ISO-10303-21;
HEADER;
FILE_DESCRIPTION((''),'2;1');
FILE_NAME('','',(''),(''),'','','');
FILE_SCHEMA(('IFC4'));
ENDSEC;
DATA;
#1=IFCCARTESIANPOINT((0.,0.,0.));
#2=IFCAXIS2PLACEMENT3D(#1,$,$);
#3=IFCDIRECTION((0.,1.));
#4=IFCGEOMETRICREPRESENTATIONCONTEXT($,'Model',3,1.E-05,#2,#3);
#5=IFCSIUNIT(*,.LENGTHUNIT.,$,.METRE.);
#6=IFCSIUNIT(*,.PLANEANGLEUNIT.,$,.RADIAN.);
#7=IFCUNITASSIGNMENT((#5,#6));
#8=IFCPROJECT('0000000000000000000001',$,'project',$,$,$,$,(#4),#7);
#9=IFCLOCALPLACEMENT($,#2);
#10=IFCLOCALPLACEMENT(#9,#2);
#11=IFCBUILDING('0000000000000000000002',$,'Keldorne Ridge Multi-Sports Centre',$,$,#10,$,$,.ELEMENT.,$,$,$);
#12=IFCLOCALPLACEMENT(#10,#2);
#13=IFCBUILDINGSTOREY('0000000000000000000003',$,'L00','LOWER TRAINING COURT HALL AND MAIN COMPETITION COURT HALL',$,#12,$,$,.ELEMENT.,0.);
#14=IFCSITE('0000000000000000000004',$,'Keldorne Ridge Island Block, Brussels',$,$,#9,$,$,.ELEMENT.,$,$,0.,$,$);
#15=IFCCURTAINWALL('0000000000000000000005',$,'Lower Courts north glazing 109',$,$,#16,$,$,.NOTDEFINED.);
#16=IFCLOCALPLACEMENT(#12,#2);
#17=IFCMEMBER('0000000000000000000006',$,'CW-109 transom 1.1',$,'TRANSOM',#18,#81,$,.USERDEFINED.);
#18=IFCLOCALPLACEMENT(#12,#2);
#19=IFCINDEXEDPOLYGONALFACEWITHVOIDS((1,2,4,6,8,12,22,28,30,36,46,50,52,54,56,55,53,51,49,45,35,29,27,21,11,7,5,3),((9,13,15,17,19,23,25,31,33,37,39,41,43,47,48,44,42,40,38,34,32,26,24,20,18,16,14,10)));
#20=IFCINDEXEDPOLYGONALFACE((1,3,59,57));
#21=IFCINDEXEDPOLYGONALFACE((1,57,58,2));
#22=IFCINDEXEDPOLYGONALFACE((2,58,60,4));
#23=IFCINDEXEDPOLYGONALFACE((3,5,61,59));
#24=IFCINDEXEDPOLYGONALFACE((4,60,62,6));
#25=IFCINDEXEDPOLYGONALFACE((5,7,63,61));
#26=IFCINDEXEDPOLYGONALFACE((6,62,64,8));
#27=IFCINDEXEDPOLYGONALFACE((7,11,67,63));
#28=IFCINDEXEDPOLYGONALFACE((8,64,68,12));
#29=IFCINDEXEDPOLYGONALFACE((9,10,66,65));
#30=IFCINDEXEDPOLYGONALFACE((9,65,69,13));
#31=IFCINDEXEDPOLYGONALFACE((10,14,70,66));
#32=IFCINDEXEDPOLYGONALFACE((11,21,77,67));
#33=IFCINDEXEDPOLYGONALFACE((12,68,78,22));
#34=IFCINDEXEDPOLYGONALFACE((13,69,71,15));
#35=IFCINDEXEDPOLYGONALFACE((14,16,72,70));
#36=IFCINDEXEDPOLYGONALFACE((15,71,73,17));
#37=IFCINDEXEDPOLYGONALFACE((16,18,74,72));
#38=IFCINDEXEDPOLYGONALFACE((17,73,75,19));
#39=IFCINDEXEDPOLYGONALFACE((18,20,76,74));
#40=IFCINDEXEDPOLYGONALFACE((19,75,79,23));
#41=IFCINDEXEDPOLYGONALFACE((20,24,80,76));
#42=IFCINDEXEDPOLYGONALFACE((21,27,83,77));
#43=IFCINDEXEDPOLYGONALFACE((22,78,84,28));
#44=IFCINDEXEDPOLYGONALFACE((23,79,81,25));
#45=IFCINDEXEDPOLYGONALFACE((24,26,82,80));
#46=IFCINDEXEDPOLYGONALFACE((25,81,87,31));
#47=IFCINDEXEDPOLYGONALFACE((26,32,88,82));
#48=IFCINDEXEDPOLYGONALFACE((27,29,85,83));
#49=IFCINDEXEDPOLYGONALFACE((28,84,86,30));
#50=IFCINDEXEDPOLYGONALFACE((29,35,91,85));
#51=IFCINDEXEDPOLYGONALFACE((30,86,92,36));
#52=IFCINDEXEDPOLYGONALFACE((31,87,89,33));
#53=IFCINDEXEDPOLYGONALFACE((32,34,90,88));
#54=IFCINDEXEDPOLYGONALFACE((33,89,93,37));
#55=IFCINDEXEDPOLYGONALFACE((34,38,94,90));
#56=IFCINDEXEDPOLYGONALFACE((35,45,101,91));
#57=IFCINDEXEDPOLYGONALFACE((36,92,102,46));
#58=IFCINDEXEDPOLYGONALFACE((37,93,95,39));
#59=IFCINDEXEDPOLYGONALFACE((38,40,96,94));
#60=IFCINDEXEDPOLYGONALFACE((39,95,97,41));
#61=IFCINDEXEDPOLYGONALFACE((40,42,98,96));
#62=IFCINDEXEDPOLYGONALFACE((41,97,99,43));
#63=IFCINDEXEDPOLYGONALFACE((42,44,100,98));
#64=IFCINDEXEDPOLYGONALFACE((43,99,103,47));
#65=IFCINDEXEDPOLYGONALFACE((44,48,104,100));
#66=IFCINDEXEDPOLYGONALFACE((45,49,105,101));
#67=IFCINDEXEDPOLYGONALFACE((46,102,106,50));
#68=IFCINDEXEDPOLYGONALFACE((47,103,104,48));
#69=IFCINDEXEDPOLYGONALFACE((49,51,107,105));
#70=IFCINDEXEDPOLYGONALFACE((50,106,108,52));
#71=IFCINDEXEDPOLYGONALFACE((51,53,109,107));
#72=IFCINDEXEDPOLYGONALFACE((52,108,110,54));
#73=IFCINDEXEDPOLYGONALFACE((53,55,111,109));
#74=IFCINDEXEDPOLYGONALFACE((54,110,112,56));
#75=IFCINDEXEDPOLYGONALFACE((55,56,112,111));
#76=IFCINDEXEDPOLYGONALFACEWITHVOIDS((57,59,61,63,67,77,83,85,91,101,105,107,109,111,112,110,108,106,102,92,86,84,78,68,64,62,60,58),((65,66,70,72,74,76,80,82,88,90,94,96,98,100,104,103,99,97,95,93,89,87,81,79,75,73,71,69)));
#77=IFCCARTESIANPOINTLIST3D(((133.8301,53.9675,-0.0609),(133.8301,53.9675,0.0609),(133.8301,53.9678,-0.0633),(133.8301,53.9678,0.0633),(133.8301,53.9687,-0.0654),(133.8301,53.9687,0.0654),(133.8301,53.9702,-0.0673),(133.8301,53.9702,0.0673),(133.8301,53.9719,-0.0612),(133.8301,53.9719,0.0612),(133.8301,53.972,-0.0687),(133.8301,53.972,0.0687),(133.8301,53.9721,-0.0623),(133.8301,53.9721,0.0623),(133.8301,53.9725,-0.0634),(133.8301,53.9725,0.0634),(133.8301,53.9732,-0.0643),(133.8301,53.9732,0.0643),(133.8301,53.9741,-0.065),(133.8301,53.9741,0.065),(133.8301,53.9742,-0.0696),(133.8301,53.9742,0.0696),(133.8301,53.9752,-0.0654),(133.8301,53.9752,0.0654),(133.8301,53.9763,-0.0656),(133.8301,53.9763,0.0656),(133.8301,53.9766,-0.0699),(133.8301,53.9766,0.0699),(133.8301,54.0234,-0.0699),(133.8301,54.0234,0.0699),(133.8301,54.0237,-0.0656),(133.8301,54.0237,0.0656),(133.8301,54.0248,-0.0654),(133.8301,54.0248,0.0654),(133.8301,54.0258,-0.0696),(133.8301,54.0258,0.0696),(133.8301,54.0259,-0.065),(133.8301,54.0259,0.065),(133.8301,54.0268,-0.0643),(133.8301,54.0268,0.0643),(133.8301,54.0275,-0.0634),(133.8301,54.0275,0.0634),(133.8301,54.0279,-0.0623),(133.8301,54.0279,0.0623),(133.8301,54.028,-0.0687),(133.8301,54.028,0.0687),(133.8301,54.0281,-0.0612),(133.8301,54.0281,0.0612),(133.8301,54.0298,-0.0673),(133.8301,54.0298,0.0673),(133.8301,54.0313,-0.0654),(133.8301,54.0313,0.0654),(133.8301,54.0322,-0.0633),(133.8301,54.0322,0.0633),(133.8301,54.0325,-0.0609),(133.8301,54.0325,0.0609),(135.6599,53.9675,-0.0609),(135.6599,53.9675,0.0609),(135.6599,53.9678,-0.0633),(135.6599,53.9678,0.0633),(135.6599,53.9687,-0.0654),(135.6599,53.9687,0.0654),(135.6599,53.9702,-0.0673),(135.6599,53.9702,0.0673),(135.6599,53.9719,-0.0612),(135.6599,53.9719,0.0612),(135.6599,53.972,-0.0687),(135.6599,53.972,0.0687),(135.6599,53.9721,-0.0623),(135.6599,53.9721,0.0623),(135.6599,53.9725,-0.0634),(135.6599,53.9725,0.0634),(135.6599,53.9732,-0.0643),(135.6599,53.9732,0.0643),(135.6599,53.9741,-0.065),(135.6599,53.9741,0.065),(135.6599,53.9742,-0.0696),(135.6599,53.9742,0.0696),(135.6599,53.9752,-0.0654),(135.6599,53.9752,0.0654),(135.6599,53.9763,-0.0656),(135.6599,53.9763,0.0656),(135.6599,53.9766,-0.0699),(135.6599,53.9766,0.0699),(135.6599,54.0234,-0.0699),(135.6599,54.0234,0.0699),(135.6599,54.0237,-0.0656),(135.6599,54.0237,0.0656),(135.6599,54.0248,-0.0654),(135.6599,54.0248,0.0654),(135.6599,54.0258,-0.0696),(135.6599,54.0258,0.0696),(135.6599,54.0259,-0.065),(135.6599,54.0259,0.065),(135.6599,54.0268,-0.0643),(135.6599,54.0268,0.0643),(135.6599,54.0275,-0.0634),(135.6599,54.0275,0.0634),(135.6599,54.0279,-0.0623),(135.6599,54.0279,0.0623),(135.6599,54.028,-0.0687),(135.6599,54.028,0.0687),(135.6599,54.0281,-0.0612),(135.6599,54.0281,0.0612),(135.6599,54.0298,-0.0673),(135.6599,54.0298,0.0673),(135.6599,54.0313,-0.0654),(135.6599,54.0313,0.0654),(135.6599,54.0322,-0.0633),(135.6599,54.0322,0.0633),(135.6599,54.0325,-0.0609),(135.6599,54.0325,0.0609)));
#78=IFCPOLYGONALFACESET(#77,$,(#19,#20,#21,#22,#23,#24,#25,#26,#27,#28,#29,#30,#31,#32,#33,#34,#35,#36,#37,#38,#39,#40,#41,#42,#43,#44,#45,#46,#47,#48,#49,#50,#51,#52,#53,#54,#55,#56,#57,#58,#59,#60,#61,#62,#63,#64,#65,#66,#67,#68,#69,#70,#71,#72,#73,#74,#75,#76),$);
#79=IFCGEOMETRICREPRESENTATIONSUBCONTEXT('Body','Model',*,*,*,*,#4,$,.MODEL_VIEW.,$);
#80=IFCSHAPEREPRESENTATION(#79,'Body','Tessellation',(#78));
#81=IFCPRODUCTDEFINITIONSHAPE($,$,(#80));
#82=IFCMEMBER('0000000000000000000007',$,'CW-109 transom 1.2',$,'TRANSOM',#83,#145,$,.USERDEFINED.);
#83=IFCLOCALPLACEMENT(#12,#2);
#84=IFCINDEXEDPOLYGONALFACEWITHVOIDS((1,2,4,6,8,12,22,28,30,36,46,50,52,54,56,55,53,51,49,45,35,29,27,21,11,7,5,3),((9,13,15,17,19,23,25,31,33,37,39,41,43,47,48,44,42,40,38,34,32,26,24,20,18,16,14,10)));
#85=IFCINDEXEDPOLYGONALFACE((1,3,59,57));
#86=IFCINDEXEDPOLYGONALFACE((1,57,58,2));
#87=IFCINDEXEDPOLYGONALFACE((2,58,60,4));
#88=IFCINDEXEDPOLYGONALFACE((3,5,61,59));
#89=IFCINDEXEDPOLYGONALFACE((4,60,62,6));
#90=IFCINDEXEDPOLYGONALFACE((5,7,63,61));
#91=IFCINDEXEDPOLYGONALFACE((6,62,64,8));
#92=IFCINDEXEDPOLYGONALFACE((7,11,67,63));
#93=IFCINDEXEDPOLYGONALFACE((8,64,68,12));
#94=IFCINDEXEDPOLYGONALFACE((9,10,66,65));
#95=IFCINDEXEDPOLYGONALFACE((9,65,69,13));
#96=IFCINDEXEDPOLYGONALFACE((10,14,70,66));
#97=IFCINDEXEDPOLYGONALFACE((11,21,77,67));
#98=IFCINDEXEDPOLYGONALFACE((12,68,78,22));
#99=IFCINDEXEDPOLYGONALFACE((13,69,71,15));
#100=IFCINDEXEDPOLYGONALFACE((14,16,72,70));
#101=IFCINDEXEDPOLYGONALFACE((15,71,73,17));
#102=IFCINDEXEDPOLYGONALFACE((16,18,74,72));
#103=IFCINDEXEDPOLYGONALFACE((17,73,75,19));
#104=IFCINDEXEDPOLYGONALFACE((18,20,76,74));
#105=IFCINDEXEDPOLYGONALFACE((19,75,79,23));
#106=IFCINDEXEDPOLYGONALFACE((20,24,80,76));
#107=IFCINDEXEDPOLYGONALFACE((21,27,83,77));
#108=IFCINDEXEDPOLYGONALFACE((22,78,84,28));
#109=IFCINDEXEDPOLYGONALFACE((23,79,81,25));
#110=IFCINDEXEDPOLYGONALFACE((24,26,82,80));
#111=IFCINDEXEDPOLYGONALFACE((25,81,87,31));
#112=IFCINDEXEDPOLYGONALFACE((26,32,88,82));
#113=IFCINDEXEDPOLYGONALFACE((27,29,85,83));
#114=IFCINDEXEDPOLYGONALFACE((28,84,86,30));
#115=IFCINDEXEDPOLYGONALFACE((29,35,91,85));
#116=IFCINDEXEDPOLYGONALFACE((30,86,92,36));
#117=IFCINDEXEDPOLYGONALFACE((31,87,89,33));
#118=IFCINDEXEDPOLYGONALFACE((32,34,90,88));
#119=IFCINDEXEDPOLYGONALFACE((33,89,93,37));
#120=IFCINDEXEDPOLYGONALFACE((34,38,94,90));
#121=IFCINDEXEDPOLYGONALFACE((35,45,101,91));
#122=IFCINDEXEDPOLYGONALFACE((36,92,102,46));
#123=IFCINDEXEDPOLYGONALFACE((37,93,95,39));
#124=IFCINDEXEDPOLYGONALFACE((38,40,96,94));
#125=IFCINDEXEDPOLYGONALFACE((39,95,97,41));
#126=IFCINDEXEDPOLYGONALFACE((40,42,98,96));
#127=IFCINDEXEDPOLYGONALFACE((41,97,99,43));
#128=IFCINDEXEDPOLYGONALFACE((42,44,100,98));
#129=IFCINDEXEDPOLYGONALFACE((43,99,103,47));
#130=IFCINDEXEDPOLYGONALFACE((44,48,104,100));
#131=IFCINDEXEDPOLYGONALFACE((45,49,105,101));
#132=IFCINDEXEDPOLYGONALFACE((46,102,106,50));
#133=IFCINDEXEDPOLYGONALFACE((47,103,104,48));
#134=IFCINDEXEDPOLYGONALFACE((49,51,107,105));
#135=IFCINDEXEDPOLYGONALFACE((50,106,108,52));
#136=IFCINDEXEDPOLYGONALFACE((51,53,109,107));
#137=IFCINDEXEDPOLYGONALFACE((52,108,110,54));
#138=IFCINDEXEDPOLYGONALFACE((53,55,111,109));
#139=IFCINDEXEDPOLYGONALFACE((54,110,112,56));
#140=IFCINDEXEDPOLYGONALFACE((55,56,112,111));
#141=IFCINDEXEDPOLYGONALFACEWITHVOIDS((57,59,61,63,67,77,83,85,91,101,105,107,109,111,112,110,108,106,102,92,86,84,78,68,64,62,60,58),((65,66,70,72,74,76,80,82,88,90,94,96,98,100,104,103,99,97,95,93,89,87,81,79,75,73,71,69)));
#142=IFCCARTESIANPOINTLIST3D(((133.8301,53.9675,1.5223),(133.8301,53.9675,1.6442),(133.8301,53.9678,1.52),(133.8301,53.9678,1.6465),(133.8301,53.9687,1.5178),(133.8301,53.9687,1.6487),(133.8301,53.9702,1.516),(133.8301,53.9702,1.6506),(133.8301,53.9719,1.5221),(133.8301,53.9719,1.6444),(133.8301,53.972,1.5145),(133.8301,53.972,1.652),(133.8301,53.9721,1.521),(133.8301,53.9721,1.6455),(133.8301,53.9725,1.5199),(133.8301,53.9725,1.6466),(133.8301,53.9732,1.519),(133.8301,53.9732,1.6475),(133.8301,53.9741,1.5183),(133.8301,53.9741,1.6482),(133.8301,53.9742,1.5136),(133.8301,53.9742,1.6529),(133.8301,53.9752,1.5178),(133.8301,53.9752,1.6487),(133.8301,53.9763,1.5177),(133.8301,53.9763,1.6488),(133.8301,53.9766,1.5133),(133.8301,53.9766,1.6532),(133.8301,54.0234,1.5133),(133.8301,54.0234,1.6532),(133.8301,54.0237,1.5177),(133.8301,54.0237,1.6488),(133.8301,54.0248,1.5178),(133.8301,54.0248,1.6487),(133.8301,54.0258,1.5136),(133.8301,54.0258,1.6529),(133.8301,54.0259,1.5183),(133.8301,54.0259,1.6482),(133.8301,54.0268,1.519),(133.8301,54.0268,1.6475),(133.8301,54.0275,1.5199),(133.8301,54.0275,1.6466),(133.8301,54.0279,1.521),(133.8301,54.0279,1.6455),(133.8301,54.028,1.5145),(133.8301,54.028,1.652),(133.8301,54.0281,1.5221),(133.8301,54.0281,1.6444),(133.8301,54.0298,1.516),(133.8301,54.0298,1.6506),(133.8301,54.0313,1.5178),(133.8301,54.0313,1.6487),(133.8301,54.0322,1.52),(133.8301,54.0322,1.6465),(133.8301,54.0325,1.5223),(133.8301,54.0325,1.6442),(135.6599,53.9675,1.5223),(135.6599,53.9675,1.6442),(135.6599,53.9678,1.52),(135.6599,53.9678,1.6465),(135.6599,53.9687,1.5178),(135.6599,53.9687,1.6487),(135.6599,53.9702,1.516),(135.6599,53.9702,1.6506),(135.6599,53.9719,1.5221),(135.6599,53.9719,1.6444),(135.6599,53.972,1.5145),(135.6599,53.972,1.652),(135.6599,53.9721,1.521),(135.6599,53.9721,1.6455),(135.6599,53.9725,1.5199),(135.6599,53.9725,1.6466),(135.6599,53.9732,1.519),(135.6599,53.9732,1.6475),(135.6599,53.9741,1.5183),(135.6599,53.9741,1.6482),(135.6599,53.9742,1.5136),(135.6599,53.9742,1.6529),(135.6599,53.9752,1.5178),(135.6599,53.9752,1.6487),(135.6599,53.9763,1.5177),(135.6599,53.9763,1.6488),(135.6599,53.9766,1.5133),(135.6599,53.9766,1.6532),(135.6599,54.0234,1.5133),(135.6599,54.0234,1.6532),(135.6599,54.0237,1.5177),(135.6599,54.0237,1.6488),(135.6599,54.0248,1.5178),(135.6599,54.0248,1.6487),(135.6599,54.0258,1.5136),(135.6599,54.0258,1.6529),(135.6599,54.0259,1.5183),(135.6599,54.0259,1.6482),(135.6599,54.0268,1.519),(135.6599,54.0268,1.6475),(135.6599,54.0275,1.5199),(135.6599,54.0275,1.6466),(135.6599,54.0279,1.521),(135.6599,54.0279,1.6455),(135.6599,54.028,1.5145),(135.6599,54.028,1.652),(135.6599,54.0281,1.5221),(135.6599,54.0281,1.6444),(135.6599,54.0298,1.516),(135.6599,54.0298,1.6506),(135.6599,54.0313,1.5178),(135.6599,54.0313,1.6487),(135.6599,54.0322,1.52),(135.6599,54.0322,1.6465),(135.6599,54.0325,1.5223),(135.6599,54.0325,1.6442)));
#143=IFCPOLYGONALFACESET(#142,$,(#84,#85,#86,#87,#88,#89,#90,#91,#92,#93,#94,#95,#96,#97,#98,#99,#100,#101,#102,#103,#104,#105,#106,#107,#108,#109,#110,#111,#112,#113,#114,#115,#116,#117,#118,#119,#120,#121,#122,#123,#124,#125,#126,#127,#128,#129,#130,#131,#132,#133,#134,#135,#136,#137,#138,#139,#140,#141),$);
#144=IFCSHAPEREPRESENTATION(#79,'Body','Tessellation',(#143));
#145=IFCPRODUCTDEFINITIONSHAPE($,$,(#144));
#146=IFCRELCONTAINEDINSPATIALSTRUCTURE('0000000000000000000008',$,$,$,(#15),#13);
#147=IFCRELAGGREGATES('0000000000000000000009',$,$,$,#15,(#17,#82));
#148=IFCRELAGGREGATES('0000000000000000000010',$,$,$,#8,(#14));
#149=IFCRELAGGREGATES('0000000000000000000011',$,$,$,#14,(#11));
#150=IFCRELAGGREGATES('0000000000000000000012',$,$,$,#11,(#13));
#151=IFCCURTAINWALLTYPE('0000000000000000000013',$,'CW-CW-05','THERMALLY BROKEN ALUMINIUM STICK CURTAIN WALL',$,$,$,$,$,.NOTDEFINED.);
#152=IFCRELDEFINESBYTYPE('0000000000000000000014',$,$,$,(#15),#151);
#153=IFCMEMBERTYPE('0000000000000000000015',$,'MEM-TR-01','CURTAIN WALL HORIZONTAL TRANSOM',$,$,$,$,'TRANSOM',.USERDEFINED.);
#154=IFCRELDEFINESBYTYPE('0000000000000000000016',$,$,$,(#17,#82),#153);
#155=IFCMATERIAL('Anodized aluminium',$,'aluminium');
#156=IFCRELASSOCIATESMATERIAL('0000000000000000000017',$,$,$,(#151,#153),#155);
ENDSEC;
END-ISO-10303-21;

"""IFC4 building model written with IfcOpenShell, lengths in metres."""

from ifc_helpers import new_model, si_unit, direction, frame, origin, origin_2d, place, context, subcontext, project, spatial, hollow_rectangle, extrude, material, material_profile, profile_set, type_object, element, aggregate, save


model = new_model("IFC4")

# Units and contexts
model_context = context("Model", 3, precision=1e-05, world=origin(), true_north=direction((0.0, 1.0)))
body_context = subcontext(model_context, "Body", "Model", "MODEL_VIEW")
ifc_project = project(units=[si_unit("LENGTHUNIT", "METRE"), si_unit("PLANEANGLEUNIT", "RADIAN")], contexts=[model_context])

# Site, building, storey
site_placement = place(None, origin())
site = spatial("IfcSite", under=ifc_project, at=site_placement, Name="Keldorne Ridge Island Block, Brussels", CompositionType="ELEMENT", RefElevation=0.0)
building_placement = place(site_placement, origin())
building = spatial("IfcBuilding", under=site, at=building_placement, Name="Keldorne Ridge Multi-Sports Centre", CompositionType="ELEMENT")
storey_placement = place(building_placement, origin())
storey = spatial("IfcBuildingStorey", under=building, at=storey_placement, Name="L00", Description="LOWER TRAINING COURT HALL AND MAIN COMPETITION COURT HALL", CompositionType="ELEMENT", Elevation=0.0)

# Curtain wall
ifc_material_1 = material(Name="Anodized aluminium", Category="aluminium")
curtain_wall_type_1 = type_object("IfcCurtainWallType", Name="CW-CW-05", Description="THERMALLY BROKEN ALUMINIUM STICK CURTAIN WALL", PredefinedType="NOTDEFINED", material=ifc_material_1)
curtain_wall_1_placement = place(storey_placement, origin())
curtain_wall_1 = element("IfcCurtainWall", 1, at=curtain_wall_1_placement, inside=storey, type_object=curtain_wall_type_1, Name="Lower Courts north glazing 109", PredefinedType="NOTDEFINED")

# Members
ifc_material_profile_1 = material_profile(ifc_material_1, hollow_rectangle(XDim=0.0649, YDim=0.1399, WallThickness=0.0044, InnerFilletRadius=0.0044, OuterFilletRadius=0.009, at=origin_2d()), Name="ALU TRANSOM 140x65x4.5")
ifc_profile_set_1 = profile_set([ifc_material_profile_1], Name="Anodized aluminium")
member_type_1 = type_object("IfcMemberType", Name="MEM-TR-01", Description="CURTAIN WALL HORIZONTAL TRANSOM", ElementType="TRANSOM", PredefinedType="USERDEFINED", material=ifc_profile_set_1)
member_1_placement = place(storey_placement, frame((135.6599, 54.0, 0.0), z_axis=(-1.0, 0.0, 0.0), x_axis=(0.0, -1.0, 0.0)))
member_1 = element("IfcMember", 2, at=member_1_placement, type_object=member_type_1, Name="CW-109 transom 1.1", ObjectType="TRANSOM", PredefinedType="USERDEFINED", context=body_context, shape_type="SweptSolid", body=[
    extrude(hollow_rectangle(XDim=0.0649, YDim=0.1399, WallThickness=0.0044, InnerFilletRadius=0.0044, OuterFilletRadius=0.009, at=origin_2d()), origin(), (0.0, 0.0, 1.0), 1.8298),
])
member_2_placement = place(storey_placement, frame((135.6599, 54.0, 1.5833), z_axis=(-1.0, 0.0, 0.0), x_axis=(0.0, -1.0, 0.0)))
member_2 = element("IfcMember", 3, at=member_2_placement, type_object=member_type_1, Name="CW-109 transom 1.2", ObjectType="TRANSOM", PredefinedType="USERDEFINED", context=body_context, shape_type="SweptSolid", body=[
    extrude(hollow_rectangle(XDim=0.0649, YDim=0.1399, WallThickness=0.0044, InnerFilletRadius=0.0044, OuterFilletRadius=0.009, at=origin_2d()), origin(), (0.0, 0.0, 1.0), 1.8298),
])

aggregate(curtain_wall_1, [member_1, member_2])

save(model, "model.ifc")
